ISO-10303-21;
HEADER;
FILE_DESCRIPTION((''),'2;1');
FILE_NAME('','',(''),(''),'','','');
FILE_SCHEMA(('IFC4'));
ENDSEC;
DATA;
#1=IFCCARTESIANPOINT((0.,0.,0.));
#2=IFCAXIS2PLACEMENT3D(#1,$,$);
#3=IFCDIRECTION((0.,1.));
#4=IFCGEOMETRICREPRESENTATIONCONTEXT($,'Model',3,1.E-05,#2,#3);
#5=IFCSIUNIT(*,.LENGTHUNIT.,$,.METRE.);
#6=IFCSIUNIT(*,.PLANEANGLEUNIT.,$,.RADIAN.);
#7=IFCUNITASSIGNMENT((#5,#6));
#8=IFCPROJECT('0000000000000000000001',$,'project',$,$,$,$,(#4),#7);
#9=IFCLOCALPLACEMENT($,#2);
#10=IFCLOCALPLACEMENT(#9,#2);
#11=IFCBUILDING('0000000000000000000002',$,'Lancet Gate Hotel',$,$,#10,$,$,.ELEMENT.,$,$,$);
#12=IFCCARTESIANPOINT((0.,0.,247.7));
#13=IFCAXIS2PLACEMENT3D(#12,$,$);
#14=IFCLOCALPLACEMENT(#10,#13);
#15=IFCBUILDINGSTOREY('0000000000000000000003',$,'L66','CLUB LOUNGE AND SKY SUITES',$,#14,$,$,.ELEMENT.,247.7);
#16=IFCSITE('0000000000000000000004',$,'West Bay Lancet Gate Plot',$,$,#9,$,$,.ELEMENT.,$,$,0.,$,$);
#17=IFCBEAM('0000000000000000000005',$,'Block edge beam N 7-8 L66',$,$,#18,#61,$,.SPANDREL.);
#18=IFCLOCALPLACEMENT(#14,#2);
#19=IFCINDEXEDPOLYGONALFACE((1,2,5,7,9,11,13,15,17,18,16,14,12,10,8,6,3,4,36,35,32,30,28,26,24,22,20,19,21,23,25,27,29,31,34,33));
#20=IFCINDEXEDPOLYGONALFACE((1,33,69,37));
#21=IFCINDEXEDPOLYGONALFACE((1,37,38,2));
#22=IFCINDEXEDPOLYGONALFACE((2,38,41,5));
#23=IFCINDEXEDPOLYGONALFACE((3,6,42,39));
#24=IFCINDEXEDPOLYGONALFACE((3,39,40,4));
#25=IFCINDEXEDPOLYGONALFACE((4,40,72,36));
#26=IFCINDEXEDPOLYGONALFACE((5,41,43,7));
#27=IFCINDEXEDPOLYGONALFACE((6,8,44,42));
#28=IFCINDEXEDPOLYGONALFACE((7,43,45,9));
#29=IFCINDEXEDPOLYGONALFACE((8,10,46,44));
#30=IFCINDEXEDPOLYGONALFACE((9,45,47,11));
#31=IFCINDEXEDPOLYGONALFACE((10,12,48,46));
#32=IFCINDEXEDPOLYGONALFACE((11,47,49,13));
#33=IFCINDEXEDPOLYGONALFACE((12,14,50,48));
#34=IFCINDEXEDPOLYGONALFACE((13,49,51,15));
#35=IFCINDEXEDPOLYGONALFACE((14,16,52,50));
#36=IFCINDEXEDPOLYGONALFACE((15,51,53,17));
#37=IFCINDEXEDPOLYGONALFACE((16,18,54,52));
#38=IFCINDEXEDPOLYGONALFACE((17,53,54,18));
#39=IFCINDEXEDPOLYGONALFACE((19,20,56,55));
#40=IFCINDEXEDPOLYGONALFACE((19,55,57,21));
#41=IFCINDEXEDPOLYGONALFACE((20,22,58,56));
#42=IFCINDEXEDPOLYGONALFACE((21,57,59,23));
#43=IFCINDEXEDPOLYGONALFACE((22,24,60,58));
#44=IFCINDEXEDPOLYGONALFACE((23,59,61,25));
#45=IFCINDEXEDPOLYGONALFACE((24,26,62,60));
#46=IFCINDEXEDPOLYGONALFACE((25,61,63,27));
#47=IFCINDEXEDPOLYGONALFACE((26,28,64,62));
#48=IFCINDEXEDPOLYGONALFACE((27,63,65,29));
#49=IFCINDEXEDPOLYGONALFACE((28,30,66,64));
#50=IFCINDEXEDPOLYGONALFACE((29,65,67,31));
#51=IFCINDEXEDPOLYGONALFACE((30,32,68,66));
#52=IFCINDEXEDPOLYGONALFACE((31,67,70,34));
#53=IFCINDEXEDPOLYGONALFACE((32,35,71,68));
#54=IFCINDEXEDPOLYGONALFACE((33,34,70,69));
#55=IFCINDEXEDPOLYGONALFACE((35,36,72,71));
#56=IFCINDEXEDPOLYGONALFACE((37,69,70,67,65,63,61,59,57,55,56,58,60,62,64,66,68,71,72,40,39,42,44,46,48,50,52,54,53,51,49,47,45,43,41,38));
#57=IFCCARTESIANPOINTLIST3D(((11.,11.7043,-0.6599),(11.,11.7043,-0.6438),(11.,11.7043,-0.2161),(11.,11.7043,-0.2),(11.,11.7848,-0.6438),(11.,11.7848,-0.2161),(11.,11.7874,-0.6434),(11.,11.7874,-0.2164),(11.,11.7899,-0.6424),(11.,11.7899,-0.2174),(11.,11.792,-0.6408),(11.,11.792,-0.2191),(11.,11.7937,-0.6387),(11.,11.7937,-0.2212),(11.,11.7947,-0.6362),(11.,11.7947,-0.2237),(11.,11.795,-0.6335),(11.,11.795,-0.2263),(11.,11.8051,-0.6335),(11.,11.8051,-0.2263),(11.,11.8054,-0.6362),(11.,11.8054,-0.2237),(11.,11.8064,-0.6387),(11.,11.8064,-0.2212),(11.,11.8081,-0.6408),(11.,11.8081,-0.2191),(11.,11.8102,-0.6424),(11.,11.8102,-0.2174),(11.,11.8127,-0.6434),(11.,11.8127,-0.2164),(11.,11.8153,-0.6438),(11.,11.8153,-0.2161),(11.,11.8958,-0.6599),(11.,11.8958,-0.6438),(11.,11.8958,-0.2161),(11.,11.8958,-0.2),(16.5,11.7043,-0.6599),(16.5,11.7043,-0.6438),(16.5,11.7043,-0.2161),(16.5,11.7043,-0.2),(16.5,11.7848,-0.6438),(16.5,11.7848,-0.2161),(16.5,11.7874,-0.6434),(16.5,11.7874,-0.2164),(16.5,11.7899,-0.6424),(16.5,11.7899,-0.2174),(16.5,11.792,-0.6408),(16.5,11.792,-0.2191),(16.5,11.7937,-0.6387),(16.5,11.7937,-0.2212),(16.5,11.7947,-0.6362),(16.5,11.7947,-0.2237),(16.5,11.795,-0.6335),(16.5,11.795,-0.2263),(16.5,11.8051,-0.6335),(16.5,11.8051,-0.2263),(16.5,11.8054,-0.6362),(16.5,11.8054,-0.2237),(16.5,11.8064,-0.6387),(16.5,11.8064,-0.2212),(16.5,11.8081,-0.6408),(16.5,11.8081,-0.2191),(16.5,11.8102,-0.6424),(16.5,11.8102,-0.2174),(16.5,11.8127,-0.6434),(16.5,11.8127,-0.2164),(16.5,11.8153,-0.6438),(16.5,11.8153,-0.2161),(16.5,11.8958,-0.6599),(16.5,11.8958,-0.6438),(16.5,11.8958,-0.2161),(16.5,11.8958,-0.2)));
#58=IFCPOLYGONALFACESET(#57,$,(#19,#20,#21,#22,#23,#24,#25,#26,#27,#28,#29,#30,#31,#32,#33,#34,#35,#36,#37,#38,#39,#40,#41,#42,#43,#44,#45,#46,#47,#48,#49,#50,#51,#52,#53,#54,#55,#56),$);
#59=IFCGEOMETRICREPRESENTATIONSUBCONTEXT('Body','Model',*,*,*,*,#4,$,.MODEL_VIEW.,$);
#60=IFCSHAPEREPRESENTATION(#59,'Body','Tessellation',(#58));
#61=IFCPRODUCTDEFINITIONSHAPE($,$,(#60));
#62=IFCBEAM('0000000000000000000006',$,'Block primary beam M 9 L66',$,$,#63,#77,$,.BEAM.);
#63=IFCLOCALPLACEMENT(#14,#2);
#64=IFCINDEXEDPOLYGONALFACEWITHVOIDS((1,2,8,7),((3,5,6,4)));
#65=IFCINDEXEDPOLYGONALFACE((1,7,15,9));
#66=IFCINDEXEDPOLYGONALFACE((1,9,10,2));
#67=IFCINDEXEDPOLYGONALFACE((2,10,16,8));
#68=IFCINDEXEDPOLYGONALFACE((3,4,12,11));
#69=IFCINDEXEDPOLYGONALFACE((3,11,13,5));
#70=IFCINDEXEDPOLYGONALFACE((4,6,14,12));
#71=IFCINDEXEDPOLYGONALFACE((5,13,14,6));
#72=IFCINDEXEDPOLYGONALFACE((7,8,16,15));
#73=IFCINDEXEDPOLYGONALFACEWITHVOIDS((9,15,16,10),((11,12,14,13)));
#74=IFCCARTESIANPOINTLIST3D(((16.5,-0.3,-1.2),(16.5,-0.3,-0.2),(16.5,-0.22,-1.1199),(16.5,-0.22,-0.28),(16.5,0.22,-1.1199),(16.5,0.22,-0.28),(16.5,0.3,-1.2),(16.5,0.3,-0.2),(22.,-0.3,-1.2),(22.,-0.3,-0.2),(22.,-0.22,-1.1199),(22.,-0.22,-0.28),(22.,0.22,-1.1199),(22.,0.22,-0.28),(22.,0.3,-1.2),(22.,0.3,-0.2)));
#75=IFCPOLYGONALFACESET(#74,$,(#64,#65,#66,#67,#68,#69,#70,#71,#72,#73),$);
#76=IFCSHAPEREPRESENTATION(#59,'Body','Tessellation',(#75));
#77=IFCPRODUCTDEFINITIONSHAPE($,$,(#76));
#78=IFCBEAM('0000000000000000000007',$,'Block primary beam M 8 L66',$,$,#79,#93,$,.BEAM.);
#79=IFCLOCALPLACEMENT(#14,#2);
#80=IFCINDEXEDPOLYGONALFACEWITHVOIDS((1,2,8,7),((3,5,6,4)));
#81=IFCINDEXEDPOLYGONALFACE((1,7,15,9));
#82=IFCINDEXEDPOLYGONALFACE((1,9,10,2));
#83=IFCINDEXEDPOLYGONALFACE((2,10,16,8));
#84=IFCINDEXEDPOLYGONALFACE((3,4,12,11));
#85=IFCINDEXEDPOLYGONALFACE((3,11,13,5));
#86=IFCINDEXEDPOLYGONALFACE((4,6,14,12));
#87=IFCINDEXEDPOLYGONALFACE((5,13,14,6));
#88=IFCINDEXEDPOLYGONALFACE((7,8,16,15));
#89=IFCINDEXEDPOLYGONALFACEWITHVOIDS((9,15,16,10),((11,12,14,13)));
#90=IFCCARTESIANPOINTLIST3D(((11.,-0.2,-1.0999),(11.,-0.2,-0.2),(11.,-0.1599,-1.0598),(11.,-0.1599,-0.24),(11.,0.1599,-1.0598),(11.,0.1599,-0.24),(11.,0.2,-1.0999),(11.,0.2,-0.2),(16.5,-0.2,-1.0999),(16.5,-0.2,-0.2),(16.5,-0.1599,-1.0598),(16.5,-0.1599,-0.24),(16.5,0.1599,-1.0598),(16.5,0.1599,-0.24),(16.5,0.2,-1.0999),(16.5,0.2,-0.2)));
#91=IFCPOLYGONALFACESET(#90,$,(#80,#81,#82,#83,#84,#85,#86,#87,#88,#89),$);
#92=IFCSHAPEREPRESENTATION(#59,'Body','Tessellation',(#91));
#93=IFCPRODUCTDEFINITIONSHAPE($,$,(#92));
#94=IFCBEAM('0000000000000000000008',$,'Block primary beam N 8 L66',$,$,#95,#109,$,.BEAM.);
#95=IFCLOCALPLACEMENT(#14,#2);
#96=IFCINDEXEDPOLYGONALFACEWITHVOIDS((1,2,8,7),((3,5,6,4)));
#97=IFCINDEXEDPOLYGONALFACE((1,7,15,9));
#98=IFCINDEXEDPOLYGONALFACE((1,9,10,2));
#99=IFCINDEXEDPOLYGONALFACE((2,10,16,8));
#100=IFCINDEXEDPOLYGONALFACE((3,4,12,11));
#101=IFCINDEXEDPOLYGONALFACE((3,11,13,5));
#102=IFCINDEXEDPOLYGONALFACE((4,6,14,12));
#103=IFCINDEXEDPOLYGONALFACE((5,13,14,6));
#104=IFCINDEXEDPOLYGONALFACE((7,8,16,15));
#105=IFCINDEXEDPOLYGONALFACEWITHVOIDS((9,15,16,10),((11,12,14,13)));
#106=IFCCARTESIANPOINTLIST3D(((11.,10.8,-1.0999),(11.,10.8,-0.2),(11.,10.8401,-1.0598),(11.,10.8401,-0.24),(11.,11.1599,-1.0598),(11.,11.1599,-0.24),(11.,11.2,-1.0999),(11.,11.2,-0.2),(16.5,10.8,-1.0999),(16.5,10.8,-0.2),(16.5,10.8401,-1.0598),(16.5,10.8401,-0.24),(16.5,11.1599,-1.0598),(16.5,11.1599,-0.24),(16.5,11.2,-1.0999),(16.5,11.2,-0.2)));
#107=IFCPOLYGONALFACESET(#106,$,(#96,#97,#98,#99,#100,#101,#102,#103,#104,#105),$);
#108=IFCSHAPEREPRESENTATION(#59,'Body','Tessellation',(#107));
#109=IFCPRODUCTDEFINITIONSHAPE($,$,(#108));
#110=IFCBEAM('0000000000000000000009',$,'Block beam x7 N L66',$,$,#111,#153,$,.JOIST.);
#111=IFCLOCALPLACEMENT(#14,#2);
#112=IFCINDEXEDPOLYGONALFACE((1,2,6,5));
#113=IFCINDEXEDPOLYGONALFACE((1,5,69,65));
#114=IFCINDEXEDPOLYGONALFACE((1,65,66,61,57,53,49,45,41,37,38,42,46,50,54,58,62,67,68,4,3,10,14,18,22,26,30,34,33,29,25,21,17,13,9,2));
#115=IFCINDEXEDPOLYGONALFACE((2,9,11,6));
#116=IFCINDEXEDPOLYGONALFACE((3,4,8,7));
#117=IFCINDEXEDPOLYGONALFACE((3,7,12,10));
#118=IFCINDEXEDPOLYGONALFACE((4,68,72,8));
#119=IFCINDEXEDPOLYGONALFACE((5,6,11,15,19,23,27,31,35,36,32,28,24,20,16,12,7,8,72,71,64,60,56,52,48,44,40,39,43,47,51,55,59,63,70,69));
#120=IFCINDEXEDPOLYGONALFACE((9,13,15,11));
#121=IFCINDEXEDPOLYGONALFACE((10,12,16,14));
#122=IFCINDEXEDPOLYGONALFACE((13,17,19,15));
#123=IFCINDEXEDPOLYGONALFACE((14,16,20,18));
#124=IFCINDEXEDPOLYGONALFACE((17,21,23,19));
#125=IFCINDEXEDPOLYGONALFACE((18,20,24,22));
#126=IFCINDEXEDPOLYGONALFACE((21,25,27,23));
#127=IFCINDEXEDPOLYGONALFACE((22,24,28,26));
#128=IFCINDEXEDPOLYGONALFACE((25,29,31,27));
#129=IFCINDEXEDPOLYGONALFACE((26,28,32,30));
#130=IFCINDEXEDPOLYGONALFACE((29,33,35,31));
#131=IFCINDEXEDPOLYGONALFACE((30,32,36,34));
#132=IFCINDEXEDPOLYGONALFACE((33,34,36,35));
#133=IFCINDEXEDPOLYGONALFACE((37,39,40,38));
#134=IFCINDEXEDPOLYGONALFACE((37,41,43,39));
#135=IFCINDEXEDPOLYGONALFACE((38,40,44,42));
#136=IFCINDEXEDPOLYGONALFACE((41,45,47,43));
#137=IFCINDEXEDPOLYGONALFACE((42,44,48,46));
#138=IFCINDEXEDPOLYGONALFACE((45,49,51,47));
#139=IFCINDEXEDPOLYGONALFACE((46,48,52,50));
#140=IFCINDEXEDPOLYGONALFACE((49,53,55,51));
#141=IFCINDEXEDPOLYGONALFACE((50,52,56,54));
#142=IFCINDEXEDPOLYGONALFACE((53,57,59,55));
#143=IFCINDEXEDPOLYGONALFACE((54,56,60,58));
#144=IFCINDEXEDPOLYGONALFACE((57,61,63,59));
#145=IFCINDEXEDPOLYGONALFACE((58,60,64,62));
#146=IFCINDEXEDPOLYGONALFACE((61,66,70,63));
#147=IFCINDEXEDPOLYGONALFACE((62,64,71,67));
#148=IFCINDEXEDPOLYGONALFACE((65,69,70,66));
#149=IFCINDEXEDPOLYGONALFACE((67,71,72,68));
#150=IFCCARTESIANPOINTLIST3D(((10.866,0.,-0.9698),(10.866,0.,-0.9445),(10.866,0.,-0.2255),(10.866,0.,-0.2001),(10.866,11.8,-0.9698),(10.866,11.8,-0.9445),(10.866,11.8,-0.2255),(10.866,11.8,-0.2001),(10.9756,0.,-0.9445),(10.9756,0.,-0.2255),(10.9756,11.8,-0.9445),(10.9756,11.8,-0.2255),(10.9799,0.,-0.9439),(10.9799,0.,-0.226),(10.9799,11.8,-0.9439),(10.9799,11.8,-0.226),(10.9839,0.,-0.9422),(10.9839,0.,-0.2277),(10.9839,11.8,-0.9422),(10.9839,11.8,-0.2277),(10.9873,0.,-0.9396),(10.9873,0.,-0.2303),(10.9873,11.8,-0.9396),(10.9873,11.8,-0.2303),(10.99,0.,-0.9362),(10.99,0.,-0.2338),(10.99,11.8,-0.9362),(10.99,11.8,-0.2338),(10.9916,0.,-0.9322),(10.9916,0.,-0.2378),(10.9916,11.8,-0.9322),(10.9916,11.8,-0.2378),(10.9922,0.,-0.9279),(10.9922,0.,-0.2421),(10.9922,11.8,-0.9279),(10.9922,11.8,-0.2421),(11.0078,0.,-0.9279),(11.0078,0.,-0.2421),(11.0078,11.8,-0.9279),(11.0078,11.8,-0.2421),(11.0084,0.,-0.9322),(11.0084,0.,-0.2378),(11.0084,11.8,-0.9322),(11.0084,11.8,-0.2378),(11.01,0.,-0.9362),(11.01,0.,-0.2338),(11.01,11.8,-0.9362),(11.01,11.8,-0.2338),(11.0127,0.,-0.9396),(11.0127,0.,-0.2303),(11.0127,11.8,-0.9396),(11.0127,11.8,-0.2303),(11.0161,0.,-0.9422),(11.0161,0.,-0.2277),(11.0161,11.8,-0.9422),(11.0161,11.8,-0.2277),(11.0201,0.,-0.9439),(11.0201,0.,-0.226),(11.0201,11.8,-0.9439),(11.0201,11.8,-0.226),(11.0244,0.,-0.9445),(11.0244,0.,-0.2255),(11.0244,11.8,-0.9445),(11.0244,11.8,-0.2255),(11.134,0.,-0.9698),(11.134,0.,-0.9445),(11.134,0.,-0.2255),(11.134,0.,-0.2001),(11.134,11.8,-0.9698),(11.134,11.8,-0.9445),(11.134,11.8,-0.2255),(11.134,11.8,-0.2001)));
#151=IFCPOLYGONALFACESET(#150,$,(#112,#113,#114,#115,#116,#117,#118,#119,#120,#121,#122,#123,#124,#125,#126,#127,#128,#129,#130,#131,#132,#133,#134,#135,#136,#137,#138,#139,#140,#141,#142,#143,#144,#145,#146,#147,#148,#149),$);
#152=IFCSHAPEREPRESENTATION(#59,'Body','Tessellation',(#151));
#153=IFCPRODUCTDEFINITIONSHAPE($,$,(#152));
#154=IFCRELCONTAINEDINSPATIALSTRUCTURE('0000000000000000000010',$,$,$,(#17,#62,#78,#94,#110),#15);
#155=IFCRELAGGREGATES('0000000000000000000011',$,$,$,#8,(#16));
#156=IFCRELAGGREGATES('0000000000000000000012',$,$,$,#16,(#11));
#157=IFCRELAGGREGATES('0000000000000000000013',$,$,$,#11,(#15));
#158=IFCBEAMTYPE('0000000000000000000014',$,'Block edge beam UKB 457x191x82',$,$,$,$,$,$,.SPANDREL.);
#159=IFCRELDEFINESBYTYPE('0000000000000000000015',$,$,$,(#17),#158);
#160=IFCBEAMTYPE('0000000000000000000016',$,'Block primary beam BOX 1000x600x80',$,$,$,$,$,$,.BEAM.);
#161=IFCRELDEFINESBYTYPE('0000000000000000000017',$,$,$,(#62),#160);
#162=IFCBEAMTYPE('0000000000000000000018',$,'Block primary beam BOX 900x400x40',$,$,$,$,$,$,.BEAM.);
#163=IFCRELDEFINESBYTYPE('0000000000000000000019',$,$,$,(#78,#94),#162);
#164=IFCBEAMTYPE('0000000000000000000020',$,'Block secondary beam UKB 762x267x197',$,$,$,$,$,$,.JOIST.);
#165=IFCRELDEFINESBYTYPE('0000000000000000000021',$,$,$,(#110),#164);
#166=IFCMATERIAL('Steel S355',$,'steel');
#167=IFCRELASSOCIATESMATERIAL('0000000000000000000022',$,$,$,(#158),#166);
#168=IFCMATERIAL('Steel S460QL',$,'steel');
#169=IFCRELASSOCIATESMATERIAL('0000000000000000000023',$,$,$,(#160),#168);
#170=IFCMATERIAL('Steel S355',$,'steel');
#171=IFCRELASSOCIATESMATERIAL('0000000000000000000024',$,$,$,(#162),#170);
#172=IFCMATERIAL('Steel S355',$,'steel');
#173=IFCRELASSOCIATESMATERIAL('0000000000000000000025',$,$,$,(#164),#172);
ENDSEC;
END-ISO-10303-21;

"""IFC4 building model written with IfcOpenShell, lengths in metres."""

from ifc_helpers import new_model, si_unit, direction, frame, origin, origin_2d, place, context, subcontext, project, spatial, hollow_rectangle, i_section, extrude, material, material_profile, profile_set, type_object, element, save


model = new_model("IFC4")

# Units and contexts
model_context = context("Model", 3, precision=1e-05, world=origin(), true_north=direction((0.0, 1.0)))
body_context = subcontext(model_context, "Body", "Model", "MODEL_VIEW")
ifc_project = project(units=[si_unit("LENGTHUNIT", "METRE"), si_unit("PLANEANGLEUNIT", "RADIAN")], contexts=[model_context])

# Site, building, storey
site_placement = place(None, origin())
site = spatial("IfcSite", under=ifc_project, at=site_placement, Name="West Bay Lancet Gate Plot", CompositionType="ELEMENT", RefElevation=0.0)
building_placement = place(site_placement, origin())
building = spatial("IfcBuilding", under=site, at=building_placement, Name="Lancet Gate Hotel", CompositionType="ELEMENT")
storey_placement = place(building_placement, frame((0.0, 0.0, 247.7)))
storey = spatial("IfcBuildingStorey", under=building, at=storey_placement, Name="L66", Description="CLUB LOUNGE AND SKY SUITES", CompositionType="ELEMENT", Elevation=247.7)

# Beams
ifc_material_1 = material(Name="Steel S355", Category="steel")
ifc_material_profile_1 = material_profile(ifc_material_1, i_section(OverallWidth=0.1914, OverallDepth=0.46, WebThickness=0.01, FlangeThickness=0.0161, FilletRadius=0.0103, at=origin_2d()), Name="UKB 457x191x82")
ifc_profile_set_1 = profile_set([ifc_material_profile_1], Name="Steel S355")
beam_type_1 = type_object("IfcBeamType", Name="Block edge beam UKB 457x191x82", PredefinedType="SPANDREL", material=ifc_profile_set_1)
beam_1_placement = place(storey_placement, frame((11.0, 11.8, -0.4299), z_axis=(1.0, 0.0, 0.0), x_axis=(0.0, 1.0, 0.0)))
element("IfcBeam", 1, at=beam_1_placement, inside=storey, type_object=beam_type_1, Name="Block edge beam N 7-8 L66", PredefinedType="SPANDREL", context=body_context, shape_type="SweptSolid", body=[
    extrude(i_section(OverallWidth=0.1914, OverallDepth=0.46, WebThickness=0.01, FlangeThickness=0.0161, FilletRadius=0.0103, at=origin_2d()), origin(), (0.0, 0.0, 1.0), 5.5),
])
ifc_material_2 = material(Name="Steel S460QL", Category="steel")
ifc_material_profile_2 = material_profile(ifc_material_2, hollow_rectangle(XDim=0.6001, YDim=1.0, WallThickness=0.0801, at=origin_2d()), Name="BOX 1000x600x80")
ifc_profile_set_2 = profile_set([ifc_material_profile_2], Name="Steel S460QL")
beam_type_2 = type_object("IfcBeamType", Name="Block primary beam BOX 1000x600x80", PredefinedType="BEAM", material=ifc_profile_set_2)
beam_2_placement = place(storey_placement, frame((16.5, 0.0, -0.7), z_axis=(1.0, 0.0, 0.0), x_axis=(0.0, 1.0, 0.0)))
element("IfcBeam", 2, at=beam_2_placement, inside=storey, type_object=beam_type_2, Name="Block primary beam M 9 L66", PredefinedType="BEAM", context=body_context, shape_type="SweptSolid", body=[
    extrude(hollow_rectangle(XDim=0.6001, YDim=1.0, WallThickness=0.0801, at=origin_2d()), origin(), (0.0, 0.0, 1.0), 5.5),
])
ifc_material_3 = material(Name="Steel S355", Category="steel")
ifc_material_profile_3 = material_profile(ifc_material_3, hollow_rectangle(XDim=0.3999, YDim=0.8999, WallThickness=0.04, at=origin_2d()), Name="BOX 900x400x40")
ifc_profile_set_3 = profile_set([ifc_material_profile_3], Name="Steel S355")
beam_type_3 = type_object("IfcBeamType", Name="Block primary beam BOX 900x400x40", PredefinedType="BEAM", material=ifc_profile_set_3)
for number, where, z_axis, x_axis, name in (
    (3, (11.0, 0.0, -0.6499), (1.0, 0.0, 0.0), (0.0, 1.0, 0.0), "Block primary beam M 8 L66"),
    (4, (11.0, 11.0, -0.6499), (1.0, 0.0, 0.0), (0.0, 1.0, 0.0), "Block primary beam N 8 L66"),
):
    element("IfcBeam", number, at=place(storey_placement, frame(where, z_axis=z_axis, x_axis=x_axis)), inside=storey, type_object=beam_type_3, Name=name, PredefinedType="BEAM", context=body_context, shape_type="SweptSolid", body=[
        extrude(hollow_rectangle(XDim=0.3999, YDim=0.8999, WallThickness=0.04, at=origin_2d()), origin(), (0.0, 0.0, 1.0), 5.5),
    ])
ifc_material_4 = material(Name="Steel S355", Category="steel")
ifc_material_profile_4 = material_profile(ifc_material_4, i_section(OverallWidth=0.2681, OverallDepth=0.7698, WebThickness=0.0156, FlangeThickness=0.0254, FilletRadius=0.0166, at=origin_2d()), Name="UKB 762x267x197")
ifc_profile_set_4 = profile_set([ifc_material_profile_4], Name="Steel S355")
beam_type_4 = type_object("IfcBeamType", Name="Block secondary beam UKB 762x267x197", PredefinedType="JOIST", material=ifc_profile_set_4)
for number, where, z_axis, x_axis, name in (
    (5, (11.0, 0.0, -0.585), (0.0, 1.0, 0.0), (-1.0, 0.0, 0.0), "Block beam x7 N L66"),
):
    element("IfcBeam", number, at=place(storey_placement, frame(where, z_axis=z_axis, x_axis=x_axis)), inside=storey, type_object=beam_type_4, Name=name, PredefinedType="JOIST", context=body_context, shape_type="SweptSolid", body=[
        extrude(i_section(OverallWidth=0.2681, OverallDepth=0.7698, WebThickness=0.0156, FlangeThickness=0.0254, FilletRadius=0.0166, at=origin_2d()), origin(), (0.0, 0.0, 1.0), 11.8),
    ])

save(model, "model.ifc")
